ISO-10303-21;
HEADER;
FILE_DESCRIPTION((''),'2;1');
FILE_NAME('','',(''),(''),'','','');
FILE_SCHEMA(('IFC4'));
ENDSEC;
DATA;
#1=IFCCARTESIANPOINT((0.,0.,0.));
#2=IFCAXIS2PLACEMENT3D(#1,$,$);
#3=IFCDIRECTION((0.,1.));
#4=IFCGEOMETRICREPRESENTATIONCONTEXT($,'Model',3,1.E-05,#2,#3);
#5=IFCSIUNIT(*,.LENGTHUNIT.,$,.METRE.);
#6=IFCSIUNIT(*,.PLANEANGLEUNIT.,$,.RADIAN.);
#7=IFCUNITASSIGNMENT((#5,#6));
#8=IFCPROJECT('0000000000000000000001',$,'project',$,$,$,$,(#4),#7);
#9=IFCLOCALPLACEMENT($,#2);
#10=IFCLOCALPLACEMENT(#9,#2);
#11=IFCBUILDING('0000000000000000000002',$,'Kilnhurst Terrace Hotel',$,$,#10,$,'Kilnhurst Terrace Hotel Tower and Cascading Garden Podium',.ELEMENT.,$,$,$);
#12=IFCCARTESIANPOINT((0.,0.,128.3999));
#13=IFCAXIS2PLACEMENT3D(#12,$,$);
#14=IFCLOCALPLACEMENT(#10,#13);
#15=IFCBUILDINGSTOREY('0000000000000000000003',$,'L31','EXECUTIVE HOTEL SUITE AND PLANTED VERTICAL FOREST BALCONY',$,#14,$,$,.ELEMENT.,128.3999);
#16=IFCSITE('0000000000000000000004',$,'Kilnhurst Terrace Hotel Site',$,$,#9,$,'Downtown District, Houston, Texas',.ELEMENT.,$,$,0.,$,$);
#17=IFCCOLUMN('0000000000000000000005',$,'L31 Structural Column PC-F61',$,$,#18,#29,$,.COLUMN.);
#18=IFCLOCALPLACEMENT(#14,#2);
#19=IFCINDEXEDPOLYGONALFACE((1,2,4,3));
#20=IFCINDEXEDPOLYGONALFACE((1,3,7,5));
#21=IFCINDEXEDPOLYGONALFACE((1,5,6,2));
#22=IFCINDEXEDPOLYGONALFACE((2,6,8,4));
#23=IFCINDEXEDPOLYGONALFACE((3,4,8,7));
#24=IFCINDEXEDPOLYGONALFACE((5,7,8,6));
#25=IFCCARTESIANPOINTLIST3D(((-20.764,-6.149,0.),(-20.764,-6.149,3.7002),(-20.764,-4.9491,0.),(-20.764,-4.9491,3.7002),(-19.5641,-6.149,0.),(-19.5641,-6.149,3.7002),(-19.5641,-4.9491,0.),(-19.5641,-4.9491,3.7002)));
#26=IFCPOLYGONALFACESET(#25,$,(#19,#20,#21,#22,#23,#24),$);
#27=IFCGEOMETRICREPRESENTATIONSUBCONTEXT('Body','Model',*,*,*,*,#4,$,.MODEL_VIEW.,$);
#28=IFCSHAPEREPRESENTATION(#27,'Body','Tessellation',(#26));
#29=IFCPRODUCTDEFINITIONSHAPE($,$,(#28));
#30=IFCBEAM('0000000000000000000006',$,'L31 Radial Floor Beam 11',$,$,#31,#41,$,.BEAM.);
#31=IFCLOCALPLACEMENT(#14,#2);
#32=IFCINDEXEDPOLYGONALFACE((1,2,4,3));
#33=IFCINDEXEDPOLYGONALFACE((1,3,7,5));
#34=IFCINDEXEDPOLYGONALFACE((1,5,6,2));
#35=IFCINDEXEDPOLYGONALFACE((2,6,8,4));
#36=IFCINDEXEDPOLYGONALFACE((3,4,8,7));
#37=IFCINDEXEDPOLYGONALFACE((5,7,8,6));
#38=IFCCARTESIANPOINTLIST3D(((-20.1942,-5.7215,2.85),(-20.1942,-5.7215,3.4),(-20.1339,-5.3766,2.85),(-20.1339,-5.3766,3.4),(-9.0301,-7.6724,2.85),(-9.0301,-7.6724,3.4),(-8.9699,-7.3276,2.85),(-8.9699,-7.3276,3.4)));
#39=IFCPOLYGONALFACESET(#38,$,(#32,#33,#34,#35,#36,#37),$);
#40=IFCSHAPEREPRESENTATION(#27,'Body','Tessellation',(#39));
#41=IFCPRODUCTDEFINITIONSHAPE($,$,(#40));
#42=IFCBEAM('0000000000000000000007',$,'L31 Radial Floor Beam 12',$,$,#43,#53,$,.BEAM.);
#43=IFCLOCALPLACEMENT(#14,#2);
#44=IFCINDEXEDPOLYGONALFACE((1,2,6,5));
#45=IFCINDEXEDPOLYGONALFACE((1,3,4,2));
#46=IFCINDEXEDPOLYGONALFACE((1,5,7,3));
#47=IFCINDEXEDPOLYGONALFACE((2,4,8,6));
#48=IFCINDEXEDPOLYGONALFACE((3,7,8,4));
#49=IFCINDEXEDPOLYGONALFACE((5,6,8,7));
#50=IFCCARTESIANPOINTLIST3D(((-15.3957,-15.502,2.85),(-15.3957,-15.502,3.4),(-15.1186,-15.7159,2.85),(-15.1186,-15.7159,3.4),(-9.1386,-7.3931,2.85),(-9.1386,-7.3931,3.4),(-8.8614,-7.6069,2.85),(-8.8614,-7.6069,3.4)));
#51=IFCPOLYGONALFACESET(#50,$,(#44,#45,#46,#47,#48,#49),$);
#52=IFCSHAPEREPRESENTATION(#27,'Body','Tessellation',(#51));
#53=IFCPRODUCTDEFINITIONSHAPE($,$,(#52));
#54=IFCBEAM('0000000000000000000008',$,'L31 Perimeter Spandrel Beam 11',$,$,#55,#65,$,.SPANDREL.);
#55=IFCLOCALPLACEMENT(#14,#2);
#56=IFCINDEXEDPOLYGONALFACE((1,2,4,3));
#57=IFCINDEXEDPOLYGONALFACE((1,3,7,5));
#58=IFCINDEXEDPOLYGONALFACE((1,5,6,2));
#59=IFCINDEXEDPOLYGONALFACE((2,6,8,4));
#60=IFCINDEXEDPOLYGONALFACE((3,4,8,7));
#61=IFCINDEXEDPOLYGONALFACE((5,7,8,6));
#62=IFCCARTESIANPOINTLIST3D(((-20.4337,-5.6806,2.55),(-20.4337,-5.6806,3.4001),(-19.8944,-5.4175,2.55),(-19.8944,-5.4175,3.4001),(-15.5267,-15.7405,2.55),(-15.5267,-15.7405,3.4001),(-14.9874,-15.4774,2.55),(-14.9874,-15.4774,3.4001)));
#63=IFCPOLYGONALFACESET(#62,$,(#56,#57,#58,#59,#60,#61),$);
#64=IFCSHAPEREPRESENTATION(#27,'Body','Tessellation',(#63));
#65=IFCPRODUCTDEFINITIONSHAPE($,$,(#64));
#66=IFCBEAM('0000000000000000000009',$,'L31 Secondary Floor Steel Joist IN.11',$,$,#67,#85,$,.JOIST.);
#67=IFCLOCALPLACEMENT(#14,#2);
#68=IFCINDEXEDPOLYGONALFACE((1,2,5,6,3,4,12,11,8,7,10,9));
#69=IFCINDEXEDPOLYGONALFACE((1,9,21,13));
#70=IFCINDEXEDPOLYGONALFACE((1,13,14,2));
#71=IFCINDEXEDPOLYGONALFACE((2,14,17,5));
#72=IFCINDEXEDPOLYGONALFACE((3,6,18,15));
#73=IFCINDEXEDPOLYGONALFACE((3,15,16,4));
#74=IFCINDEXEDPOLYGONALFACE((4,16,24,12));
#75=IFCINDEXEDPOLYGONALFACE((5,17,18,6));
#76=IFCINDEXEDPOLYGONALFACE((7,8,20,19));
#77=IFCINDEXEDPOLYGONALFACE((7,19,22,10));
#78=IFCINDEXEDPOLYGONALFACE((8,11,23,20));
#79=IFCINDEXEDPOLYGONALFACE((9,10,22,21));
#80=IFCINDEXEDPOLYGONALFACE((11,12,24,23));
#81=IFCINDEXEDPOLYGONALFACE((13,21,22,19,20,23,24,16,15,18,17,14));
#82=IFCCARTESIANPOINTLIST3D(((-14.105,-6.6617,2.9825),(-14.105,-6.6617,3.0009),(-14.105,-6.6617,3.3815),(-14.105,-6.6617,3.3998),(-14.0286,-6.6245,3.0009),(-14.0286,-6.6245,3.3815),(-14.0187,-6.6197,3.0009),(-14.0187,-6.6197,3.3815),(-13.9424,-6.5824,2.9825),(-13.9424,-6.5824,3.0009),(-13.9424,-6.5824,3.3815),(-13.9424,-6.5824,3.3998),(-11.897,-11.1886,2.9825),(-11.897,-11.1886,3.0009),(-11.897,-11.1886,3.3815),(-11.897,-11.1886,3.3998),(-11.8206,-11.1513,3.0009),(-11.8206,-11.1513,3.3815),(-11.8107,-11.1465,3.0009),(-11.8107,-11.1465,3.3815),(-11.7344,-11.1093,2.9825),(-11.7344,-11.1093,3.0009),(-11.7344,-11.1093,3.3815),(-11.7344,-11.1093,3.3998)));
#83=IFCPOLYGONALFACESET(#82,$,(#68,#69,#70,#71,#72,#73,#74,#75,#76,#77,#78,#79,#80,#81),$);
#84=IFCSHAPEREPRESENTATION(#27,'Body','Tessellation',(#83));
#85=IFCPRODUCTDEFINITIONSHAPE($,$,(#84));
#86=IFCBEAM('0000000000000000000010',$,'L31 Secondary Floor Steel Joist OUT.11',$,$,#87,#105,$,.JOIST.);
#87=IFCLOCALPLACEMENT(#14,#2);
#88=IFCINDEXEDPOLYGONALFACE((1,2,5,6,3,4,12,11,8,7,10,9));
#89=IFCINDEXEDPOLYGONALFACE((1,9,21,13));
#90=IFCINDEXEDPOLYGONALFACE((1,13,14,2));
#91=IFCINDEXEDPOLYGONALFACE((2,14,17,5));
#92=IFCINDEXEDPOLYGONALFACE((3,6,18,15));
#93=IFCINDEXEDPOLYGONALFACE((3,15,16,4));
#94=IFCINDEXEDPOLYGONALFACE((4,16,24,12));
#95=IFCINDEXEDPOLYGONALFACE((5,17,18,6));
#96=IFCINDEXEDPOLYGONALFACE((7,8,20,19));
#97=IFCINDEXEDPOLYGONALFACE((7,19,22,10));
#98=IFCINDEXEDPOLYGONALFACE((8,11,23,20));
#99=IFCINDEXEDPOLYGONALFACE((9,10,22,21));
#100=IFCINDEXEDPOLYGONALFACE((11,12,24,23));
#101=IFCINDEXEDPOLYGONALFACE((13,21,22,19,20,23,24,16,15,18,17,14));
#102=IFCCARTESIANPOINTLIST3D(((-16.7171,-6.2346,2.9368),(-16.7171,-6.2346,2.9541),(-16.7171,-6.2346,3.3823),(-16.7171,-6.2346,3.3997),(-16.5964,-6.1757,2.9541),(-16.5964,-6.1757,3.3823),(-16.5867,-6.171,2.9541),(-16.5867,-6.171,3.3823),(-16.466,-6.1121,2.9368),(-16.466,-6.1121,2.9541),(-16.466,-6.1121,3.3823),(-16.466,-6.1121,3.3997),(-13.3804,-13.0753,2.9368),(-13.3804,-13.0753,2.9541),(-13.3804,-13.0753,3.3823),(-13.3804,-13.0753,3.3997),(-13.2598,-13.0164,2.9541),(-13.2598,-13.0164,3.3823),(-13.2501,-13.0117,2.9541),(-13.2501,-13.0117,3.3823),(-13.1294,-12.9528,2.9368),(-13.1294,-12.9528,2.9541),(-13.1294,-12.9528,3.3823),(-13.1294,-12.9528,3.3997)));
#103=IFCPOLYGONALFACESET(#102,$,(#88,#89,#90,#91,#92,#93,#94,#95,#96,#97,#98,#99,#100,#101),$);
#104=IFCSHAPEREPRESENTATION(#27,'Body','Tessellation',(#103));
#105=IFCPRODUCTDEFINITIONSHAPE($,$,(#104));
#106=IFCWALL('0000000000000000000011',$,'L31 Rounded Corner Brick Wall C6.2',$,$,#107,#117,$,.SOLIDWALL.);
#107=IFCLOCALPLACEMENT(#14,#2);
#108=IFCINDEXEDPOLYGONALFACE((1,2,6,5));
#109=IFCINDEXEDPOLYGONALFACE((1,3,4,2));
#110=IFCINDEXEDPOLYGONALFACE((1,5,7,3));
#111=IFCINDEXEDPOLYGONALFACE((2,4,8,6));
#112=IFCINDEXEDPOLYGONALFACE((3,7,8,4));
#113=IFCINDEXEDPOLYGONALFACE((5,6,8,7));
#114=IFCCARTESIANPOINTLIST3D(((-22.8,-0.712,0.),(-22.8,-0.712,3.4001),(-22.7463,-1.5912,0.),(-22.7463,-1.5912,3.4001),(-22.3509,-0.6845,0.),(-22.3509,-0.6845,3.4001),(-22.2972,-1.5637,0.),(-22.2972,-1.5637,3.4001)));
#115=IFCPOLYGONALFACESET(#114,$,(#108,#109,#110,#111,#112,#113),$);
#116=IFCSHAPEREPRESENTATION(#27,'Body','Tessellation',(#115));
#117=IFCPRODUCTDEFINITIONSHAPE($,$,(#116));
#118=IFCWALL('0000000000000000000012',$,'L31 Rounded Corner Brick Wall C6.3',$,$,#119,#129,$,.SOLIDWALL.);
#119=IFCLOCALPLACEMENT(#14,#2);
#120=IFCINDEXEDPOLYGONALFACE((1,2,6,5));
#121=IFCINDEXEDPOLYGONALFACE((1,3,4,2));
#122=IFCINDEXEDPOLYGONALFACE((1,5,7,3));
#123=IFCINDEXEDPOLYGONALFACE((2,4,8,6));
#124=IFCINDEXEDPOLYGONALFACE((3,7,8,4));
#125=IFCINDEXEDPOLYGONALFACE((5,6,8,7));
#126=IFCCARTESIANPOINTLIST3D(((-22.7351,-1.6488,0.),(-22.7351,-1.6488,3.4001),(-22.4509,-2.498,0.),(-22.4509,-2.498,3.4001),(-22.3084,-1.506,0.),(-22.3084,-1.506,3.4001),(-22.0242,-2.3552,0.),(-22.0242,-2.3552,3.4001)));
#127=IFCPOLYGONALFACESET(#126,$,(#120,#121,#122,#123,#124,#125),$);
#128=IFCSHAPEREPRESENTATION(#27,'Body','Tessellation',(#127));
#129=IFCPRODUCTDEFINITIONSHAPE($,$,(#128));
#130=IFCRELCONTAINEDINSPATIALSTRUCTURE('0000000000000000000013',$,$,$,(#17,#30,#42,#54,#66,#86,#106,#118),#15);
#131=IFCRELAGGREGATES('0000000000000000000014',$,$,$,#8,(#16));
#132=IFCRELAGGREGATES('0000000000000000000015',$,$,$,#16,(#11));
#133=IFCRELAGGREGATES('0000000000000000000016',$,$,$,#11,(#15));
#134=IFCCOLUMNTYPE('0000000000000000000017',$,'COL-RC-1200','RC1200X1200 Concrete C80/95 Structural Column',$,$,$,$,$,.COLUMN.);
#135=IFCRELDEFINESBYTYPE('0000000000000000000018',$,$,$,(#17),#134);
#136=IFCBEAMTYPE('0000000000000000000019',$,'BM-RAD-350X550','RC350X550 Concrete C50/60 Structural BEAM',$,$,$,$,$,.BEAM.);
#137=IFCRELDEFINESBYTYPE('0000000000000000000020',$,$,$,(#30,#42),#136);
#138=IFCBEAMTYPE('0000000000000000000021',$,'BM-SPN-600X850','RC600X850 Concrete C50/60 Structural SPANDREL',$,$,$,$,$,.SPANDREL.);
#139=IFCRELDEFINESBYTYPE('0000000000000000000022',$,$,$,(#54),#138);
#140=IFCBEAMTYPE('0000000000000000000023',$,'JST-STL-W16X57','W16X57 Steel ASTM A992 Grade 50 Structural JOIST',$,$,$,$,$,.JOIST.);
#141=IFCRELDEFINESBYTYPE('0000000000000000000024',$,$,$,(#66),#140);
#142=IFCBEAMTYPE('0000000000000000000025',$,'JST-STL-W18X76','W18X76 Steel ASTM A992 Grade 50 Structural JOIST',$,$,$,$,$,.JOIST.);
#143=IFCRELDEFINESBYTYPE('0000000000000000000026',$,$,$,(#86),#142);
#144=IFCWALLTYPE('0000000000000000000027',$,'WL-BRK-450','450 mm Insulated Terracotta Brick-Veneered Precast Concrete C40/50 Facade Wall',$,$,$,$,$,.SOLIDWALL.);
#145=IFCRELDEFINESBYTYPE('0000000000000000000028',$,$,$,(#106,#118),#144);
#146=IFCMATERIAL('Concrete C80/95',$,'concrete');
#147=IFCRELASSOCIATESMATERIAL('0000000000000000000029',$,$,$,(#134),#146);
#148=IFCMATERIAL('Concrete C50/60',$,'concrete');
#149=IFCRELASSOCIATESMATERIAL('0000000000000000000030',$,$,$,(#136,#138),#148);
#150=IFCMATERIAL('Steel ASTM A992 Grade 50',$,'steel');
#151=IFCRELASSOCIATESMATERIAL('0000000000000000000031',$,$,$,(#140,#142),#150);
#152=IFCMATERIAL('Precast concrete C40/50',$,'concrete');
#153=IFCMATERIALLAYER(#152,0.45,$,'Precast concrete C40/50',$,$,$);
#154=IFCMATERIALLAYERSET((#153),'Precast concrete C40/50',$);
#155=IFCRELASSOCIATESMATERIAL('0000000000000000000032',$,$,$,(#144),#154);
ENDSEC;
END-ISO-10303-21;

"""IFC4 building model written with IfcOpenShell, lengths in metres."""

from ifc_helpers import new_model, si_unit, direction, frame, frame_2d, origin, origin_2d, place, context, subcontext, project, spatial, rectangle, i_section, extrude, material, layer, layer_set, material_profile, profile_set, type_object, element, save


model = new_model("IFC4")

# Units and contexts
model_context = context("Model", 3, precision=1e-05, world=origin(), true_north=direction((0.0, 1.0)))
body_context = subcontext(model_context, "Body", "Model", "MODEL_VIEW")
ifc_project = project(units=[si_unit("LENGTHUNIT", "METRE"), si_unit("PLANEANGLEUNIT", "RADIAN")], contexts=[model_context])

# Site, building, storey
site_placement = place(None, origin())
site = spatial("IfcSite", under=ifc_project, at=site_placement, Name="Kilnhurst Terrace Hotel Site", LongName="Downtown District, Houston, Texas", CompositionType="ELEMENT", RefElevation=0.0)
building_placement = place(site_placement, origin())
building = spatial("IfcBuilding", under=site, at=building_placement, Name="Kilnhurst Terrace Hotel", LongName="Kilnhurst Terrace Hotel Tower and Cascading Garden Podium", CompositionType="ELEMENT")
storey_placement = place(building_placement, frame((0.0, 0.0, 128.3999)))
storey = spatial("IfcBuildingStorey", under=building, at=storey_placement, Name="L31", Description="EXECUTIVE HOTEL SUITE AND PLANTED VERTICAL FOREST BALCONY", CompositionType="ELEMENT", Elevation=128.3999)

# Column
ifc_material_1 = material(Name="Concrete C80/95", Category="concrete")
ifc_material_profile_1 = material_profile(ifc_material_1, rectangle(XDim=1.2, YDim=1.2, at=origin_2d()), Name="RC1200X1200")
ifc_profile_set_1 = profile_set([ifc_material_profile_1], Name="Concrete C80/95")
column_type = type_object("IfcColumnType", Name="COL-RC-1200", Description="RC1200X1200 Concrete C80/95 Structural Column", PredefinedType="COLUMN", material=ifc_profile_set_1)
column_placement = place(storey_placement, frame((-20.1641, -5.5491, 0.0), z_axis=(0.0, 0.0, 1.0), x_axis=(1.0, 0.0, 0.0)))
element("IfcColumn", 1, at=column_placement, inside=storey, type_object=column_type, Name="L31 Structural Column PC-F61", PredefinedType="COLUMN", context=body_context, shape_type="SweptSolid", body=[
    extrude(rectangle(XDim=1.2, YDim=1.2, at=origin_2d()), origin(), (0.0, 0.0, 1.0), 3.7002),
])

# Beams
ifc_material_2 = material(Name="Concrete C50/60", Category="concrete")
ifc_material_profile_2 = material_profile(ifc_material_2, rectangle(XDim=0.3501, YDim=0.55, at=origin_2d()), Name="RC350X550")
ifc_profile_set_2 = profile_set([ifc_material_profile_2], Name="Concrete C50/60")
beam_type_1 = type_object("IfcBeamType", Name="BM-RAD-350X550", Description="RC350X550 Concrete C50/60 Structural BEAM", PredefinedType="BEAM", material=ifc_profile_set_2)
beam_1_placement = place(storey_placement, frame((-9.0, -7.5, 3.125), z_axis=(-0.985072, 0.172142, 0.0), x_axis=(-0.172142, -0.985072, 0.0)))
element("IfcBeam", 2, at=beam_1_placement, inside=storey, type_object=beam_type_1, Name="L31 Radial Floor Beam 11", PredefinedType="BEAM", context=body_context, shape_type="SweptSolid", body=[
    extrude(rectangle(XDim=0.3501, YDim=0.55, at=origin_2d()), origin(), (0.0, 0.0, 1.0), 11.3333),
])
beam_2_placement = place(storey_placement, frame((-9.0, -7.5, 3.125), z_axis=(-0.610905, -0.791704, 0.0), x_axis=(0.791704, -0.610905, 0.0)))
element("IfcBeam", 3, at=beam_2_placement, inside=storey, type_object=beam_type_1, Name="L31 Radial Floor Beam 12", PredefinedType="BEAM", context=body_context, shape_type="SweptSolid", body=[
    extrude(rectangle(XDim=0.3501, YDim=0.55, at=origin_2d()), origin(), (0.0, 0.0, 1.0), 10.2424),
])
ifc_material_profile_3 = material_profile(ifc_material_2, rectangle(XDim=0.6001, YDim=0.8501, at=origin_2d()), Name="RC600X850")
ifc_profile_set_3 = profile_set([ifc_material_profile_3], Name="Concrete C50/60")
beam_type_2 = type_object("IfcBeamType", Name="BM-SPN-600X850", Description="RC600X850 Concrete C50/60 Structural SPANDREL", PredefinedType="SPANDREL", material=ifc_profile_set_3)
beam_3_placement = place(storey_placement, frame((-20.1641, -5.5491, 2.9751), z_axis=(0.438406, -0.898777, 0.0), x_axis=(0.898777, 0.438406, 0.0)))
element("IfcBeam", 4, at=beam_3_placement, inside=storey, type_object=beam_type_2, Name="L31 Perimeter Spandrel Beam 11", PredefinedType="SPANDREL", context=body_context, shape_type="SweptSolid", body=[
    extrude(rectangle(XDim=0.6001, YDim=0.8501, at=origin_2d()), origin(), (0.0, 0.0, 1.0), 11.1929),
])
ifc_material_3 = material(Name="Steel ASTM A992 Grade 50", Category="steel")
ifc_material_profile_4 = material_profile(ifc_material_3, i_section(OverallWidth=0.1809, OverallDepth=0.4172, WebThickness=0.011, FlangeThickness=0.0183, at=origin_2d()), Name="W16X57")
ifc_profile_set_4 = profile_set([ifc_material_profile_4], Name="Steel ASTM A992 Grade 50")
beam_type_3 = type_object("IfcBeamType", Name="JST-STL-W16X57", Description="W16X57 Steel ASTM A992 Grade 50 Structural JOIST", PredefinedType="JOIST", material=ifc_profile_set_4)
beam_4_placement = place(storey_placement, frame((-14.0237, -6.6221, 3.1912), z_axis=(0.438389, -0.898785, 0.0), x_axis=(0.898785, 0.438389, 0.0)))
element("IfcBeam", 5, at=beam_4_placement, inside=storey, type_object=beam_type_3, Name="L31 Secondary Floor Steel Joist IN.11", PredefinedType="JOIST", context=body_context, shape_type="SweptSolid", body=[
    extrude(i_section(OverallWidth=0.1809, OverallDepth=0.4172, WebThickness=0.011, FlangeThickness=0.0183, at=origin_2d()), origin(), (0.0, 0.0, 1.0), 5.0366),
])
ifc_material_profile_5 = material_profile(ifc_material_3, i_section(OverallWidth=0.2793, OverallDepth=0.4629, WebThickness=0.0107, FlangeThickness=0.0173, at=origin_2d()), Name="W18X76")
ifc_profile_set_5 = profile_set([ifc_material_profile_5], Name="Steel ASTM A992 Grade 50")
beam_type_4 = type_object("IfcBeamType", Name="JST-STL-W18X76", Description="W18X76 Steel ASTM A992 Grade 50 Structural JOIST", PredefinedType="JOIST", material=ifc_profile_set_5)
beam_5_placement = place(storey_placement, frame((-16.5916, -6.1733, 3.1682), z_axis=(0.43839, -0.898785, 0.0), x_axis=(0.898785, 0.43839, 0.0)))
element("IfcBeam", 6, at=beam_5_placement, inside=storey, type_object=beam_type_4, Name="L31 Secondary Floor Steel Joist OUT.11", PredefinedType="JOIST", context=body_context, shape_type="SweptSolid", body=[
    extrude(i_section(OverallWidth=0.2793, OverallDepth=0.4629, WebThickness=0.0107, FlangeThickness=0.0173, at=origin_2d()), origin(), (0.0, 0.0, 1.0), 7.6111),
])

# Walls
ifc_material_4 = material(Name="Precast concrete C40/50", Category="concrete")
ifc_layer_1 = layer(ifc_material_4, 0.45, Name="Precast concrete C40/50")
ifc_layer_set_1 = layer_set([ifc_layer_1], Name="Precast concrete C40/50")
wall_type_1 = type_object("IfcWallType", Name="WL-BRK-450", Description="450 mm Insulated Terracotta Brick-Veneered Precast Concrete C40/50 Facade Wall", PredefinedType="SOLIDWALL", material=ifc_layer_set_1)
wall_1_placement = place(storey_placement, frame((-22.5754, -0.6982, 0.0), z_axis=(0.0, 0.0, 1.0), x_axis=(0.06098, -0.998139, 0.0)))
element("IfcWall", 7, at=wall_1_placement, inside=storey, type_object=wall_type_1, Name="L31 Rounded Corner Brick Wall C6.2", PredefinedType="SOLIDWALL", context=body_context, shape_type="SweptSolid", body=[
    extrude(rectangle(XDim=0.8809, YDim=0.45, at=frame_2d((0.4404, 0.0))), origin(), (0.0, 0.0, 1.0), 3.4001),
])
wall_2_placement = place(storey_placement, frame((-22.5217, -1.5774, 0.0), z_axis=(0.0, 0.0, 1.0), x_axis=(0.317373, -0.948301, 0.0)))
element("IfcWall", 8, at=wall_2_placement, inside=storey, type_object=wall_type_1, Name="L31 Rounded Corner Brick Wall C6.3", PredefinedType="SOLIDWALL", context=body_context, shape_type="SweptSolid", body=[
    extrude(rectangle(XDim=0.8955, YDim=0.45, at=frame_2d((0.4478, 0.0))), origin(), (0.0, 0.0, 1.0), 3.4001),
])

save(model, "model.ifc")
